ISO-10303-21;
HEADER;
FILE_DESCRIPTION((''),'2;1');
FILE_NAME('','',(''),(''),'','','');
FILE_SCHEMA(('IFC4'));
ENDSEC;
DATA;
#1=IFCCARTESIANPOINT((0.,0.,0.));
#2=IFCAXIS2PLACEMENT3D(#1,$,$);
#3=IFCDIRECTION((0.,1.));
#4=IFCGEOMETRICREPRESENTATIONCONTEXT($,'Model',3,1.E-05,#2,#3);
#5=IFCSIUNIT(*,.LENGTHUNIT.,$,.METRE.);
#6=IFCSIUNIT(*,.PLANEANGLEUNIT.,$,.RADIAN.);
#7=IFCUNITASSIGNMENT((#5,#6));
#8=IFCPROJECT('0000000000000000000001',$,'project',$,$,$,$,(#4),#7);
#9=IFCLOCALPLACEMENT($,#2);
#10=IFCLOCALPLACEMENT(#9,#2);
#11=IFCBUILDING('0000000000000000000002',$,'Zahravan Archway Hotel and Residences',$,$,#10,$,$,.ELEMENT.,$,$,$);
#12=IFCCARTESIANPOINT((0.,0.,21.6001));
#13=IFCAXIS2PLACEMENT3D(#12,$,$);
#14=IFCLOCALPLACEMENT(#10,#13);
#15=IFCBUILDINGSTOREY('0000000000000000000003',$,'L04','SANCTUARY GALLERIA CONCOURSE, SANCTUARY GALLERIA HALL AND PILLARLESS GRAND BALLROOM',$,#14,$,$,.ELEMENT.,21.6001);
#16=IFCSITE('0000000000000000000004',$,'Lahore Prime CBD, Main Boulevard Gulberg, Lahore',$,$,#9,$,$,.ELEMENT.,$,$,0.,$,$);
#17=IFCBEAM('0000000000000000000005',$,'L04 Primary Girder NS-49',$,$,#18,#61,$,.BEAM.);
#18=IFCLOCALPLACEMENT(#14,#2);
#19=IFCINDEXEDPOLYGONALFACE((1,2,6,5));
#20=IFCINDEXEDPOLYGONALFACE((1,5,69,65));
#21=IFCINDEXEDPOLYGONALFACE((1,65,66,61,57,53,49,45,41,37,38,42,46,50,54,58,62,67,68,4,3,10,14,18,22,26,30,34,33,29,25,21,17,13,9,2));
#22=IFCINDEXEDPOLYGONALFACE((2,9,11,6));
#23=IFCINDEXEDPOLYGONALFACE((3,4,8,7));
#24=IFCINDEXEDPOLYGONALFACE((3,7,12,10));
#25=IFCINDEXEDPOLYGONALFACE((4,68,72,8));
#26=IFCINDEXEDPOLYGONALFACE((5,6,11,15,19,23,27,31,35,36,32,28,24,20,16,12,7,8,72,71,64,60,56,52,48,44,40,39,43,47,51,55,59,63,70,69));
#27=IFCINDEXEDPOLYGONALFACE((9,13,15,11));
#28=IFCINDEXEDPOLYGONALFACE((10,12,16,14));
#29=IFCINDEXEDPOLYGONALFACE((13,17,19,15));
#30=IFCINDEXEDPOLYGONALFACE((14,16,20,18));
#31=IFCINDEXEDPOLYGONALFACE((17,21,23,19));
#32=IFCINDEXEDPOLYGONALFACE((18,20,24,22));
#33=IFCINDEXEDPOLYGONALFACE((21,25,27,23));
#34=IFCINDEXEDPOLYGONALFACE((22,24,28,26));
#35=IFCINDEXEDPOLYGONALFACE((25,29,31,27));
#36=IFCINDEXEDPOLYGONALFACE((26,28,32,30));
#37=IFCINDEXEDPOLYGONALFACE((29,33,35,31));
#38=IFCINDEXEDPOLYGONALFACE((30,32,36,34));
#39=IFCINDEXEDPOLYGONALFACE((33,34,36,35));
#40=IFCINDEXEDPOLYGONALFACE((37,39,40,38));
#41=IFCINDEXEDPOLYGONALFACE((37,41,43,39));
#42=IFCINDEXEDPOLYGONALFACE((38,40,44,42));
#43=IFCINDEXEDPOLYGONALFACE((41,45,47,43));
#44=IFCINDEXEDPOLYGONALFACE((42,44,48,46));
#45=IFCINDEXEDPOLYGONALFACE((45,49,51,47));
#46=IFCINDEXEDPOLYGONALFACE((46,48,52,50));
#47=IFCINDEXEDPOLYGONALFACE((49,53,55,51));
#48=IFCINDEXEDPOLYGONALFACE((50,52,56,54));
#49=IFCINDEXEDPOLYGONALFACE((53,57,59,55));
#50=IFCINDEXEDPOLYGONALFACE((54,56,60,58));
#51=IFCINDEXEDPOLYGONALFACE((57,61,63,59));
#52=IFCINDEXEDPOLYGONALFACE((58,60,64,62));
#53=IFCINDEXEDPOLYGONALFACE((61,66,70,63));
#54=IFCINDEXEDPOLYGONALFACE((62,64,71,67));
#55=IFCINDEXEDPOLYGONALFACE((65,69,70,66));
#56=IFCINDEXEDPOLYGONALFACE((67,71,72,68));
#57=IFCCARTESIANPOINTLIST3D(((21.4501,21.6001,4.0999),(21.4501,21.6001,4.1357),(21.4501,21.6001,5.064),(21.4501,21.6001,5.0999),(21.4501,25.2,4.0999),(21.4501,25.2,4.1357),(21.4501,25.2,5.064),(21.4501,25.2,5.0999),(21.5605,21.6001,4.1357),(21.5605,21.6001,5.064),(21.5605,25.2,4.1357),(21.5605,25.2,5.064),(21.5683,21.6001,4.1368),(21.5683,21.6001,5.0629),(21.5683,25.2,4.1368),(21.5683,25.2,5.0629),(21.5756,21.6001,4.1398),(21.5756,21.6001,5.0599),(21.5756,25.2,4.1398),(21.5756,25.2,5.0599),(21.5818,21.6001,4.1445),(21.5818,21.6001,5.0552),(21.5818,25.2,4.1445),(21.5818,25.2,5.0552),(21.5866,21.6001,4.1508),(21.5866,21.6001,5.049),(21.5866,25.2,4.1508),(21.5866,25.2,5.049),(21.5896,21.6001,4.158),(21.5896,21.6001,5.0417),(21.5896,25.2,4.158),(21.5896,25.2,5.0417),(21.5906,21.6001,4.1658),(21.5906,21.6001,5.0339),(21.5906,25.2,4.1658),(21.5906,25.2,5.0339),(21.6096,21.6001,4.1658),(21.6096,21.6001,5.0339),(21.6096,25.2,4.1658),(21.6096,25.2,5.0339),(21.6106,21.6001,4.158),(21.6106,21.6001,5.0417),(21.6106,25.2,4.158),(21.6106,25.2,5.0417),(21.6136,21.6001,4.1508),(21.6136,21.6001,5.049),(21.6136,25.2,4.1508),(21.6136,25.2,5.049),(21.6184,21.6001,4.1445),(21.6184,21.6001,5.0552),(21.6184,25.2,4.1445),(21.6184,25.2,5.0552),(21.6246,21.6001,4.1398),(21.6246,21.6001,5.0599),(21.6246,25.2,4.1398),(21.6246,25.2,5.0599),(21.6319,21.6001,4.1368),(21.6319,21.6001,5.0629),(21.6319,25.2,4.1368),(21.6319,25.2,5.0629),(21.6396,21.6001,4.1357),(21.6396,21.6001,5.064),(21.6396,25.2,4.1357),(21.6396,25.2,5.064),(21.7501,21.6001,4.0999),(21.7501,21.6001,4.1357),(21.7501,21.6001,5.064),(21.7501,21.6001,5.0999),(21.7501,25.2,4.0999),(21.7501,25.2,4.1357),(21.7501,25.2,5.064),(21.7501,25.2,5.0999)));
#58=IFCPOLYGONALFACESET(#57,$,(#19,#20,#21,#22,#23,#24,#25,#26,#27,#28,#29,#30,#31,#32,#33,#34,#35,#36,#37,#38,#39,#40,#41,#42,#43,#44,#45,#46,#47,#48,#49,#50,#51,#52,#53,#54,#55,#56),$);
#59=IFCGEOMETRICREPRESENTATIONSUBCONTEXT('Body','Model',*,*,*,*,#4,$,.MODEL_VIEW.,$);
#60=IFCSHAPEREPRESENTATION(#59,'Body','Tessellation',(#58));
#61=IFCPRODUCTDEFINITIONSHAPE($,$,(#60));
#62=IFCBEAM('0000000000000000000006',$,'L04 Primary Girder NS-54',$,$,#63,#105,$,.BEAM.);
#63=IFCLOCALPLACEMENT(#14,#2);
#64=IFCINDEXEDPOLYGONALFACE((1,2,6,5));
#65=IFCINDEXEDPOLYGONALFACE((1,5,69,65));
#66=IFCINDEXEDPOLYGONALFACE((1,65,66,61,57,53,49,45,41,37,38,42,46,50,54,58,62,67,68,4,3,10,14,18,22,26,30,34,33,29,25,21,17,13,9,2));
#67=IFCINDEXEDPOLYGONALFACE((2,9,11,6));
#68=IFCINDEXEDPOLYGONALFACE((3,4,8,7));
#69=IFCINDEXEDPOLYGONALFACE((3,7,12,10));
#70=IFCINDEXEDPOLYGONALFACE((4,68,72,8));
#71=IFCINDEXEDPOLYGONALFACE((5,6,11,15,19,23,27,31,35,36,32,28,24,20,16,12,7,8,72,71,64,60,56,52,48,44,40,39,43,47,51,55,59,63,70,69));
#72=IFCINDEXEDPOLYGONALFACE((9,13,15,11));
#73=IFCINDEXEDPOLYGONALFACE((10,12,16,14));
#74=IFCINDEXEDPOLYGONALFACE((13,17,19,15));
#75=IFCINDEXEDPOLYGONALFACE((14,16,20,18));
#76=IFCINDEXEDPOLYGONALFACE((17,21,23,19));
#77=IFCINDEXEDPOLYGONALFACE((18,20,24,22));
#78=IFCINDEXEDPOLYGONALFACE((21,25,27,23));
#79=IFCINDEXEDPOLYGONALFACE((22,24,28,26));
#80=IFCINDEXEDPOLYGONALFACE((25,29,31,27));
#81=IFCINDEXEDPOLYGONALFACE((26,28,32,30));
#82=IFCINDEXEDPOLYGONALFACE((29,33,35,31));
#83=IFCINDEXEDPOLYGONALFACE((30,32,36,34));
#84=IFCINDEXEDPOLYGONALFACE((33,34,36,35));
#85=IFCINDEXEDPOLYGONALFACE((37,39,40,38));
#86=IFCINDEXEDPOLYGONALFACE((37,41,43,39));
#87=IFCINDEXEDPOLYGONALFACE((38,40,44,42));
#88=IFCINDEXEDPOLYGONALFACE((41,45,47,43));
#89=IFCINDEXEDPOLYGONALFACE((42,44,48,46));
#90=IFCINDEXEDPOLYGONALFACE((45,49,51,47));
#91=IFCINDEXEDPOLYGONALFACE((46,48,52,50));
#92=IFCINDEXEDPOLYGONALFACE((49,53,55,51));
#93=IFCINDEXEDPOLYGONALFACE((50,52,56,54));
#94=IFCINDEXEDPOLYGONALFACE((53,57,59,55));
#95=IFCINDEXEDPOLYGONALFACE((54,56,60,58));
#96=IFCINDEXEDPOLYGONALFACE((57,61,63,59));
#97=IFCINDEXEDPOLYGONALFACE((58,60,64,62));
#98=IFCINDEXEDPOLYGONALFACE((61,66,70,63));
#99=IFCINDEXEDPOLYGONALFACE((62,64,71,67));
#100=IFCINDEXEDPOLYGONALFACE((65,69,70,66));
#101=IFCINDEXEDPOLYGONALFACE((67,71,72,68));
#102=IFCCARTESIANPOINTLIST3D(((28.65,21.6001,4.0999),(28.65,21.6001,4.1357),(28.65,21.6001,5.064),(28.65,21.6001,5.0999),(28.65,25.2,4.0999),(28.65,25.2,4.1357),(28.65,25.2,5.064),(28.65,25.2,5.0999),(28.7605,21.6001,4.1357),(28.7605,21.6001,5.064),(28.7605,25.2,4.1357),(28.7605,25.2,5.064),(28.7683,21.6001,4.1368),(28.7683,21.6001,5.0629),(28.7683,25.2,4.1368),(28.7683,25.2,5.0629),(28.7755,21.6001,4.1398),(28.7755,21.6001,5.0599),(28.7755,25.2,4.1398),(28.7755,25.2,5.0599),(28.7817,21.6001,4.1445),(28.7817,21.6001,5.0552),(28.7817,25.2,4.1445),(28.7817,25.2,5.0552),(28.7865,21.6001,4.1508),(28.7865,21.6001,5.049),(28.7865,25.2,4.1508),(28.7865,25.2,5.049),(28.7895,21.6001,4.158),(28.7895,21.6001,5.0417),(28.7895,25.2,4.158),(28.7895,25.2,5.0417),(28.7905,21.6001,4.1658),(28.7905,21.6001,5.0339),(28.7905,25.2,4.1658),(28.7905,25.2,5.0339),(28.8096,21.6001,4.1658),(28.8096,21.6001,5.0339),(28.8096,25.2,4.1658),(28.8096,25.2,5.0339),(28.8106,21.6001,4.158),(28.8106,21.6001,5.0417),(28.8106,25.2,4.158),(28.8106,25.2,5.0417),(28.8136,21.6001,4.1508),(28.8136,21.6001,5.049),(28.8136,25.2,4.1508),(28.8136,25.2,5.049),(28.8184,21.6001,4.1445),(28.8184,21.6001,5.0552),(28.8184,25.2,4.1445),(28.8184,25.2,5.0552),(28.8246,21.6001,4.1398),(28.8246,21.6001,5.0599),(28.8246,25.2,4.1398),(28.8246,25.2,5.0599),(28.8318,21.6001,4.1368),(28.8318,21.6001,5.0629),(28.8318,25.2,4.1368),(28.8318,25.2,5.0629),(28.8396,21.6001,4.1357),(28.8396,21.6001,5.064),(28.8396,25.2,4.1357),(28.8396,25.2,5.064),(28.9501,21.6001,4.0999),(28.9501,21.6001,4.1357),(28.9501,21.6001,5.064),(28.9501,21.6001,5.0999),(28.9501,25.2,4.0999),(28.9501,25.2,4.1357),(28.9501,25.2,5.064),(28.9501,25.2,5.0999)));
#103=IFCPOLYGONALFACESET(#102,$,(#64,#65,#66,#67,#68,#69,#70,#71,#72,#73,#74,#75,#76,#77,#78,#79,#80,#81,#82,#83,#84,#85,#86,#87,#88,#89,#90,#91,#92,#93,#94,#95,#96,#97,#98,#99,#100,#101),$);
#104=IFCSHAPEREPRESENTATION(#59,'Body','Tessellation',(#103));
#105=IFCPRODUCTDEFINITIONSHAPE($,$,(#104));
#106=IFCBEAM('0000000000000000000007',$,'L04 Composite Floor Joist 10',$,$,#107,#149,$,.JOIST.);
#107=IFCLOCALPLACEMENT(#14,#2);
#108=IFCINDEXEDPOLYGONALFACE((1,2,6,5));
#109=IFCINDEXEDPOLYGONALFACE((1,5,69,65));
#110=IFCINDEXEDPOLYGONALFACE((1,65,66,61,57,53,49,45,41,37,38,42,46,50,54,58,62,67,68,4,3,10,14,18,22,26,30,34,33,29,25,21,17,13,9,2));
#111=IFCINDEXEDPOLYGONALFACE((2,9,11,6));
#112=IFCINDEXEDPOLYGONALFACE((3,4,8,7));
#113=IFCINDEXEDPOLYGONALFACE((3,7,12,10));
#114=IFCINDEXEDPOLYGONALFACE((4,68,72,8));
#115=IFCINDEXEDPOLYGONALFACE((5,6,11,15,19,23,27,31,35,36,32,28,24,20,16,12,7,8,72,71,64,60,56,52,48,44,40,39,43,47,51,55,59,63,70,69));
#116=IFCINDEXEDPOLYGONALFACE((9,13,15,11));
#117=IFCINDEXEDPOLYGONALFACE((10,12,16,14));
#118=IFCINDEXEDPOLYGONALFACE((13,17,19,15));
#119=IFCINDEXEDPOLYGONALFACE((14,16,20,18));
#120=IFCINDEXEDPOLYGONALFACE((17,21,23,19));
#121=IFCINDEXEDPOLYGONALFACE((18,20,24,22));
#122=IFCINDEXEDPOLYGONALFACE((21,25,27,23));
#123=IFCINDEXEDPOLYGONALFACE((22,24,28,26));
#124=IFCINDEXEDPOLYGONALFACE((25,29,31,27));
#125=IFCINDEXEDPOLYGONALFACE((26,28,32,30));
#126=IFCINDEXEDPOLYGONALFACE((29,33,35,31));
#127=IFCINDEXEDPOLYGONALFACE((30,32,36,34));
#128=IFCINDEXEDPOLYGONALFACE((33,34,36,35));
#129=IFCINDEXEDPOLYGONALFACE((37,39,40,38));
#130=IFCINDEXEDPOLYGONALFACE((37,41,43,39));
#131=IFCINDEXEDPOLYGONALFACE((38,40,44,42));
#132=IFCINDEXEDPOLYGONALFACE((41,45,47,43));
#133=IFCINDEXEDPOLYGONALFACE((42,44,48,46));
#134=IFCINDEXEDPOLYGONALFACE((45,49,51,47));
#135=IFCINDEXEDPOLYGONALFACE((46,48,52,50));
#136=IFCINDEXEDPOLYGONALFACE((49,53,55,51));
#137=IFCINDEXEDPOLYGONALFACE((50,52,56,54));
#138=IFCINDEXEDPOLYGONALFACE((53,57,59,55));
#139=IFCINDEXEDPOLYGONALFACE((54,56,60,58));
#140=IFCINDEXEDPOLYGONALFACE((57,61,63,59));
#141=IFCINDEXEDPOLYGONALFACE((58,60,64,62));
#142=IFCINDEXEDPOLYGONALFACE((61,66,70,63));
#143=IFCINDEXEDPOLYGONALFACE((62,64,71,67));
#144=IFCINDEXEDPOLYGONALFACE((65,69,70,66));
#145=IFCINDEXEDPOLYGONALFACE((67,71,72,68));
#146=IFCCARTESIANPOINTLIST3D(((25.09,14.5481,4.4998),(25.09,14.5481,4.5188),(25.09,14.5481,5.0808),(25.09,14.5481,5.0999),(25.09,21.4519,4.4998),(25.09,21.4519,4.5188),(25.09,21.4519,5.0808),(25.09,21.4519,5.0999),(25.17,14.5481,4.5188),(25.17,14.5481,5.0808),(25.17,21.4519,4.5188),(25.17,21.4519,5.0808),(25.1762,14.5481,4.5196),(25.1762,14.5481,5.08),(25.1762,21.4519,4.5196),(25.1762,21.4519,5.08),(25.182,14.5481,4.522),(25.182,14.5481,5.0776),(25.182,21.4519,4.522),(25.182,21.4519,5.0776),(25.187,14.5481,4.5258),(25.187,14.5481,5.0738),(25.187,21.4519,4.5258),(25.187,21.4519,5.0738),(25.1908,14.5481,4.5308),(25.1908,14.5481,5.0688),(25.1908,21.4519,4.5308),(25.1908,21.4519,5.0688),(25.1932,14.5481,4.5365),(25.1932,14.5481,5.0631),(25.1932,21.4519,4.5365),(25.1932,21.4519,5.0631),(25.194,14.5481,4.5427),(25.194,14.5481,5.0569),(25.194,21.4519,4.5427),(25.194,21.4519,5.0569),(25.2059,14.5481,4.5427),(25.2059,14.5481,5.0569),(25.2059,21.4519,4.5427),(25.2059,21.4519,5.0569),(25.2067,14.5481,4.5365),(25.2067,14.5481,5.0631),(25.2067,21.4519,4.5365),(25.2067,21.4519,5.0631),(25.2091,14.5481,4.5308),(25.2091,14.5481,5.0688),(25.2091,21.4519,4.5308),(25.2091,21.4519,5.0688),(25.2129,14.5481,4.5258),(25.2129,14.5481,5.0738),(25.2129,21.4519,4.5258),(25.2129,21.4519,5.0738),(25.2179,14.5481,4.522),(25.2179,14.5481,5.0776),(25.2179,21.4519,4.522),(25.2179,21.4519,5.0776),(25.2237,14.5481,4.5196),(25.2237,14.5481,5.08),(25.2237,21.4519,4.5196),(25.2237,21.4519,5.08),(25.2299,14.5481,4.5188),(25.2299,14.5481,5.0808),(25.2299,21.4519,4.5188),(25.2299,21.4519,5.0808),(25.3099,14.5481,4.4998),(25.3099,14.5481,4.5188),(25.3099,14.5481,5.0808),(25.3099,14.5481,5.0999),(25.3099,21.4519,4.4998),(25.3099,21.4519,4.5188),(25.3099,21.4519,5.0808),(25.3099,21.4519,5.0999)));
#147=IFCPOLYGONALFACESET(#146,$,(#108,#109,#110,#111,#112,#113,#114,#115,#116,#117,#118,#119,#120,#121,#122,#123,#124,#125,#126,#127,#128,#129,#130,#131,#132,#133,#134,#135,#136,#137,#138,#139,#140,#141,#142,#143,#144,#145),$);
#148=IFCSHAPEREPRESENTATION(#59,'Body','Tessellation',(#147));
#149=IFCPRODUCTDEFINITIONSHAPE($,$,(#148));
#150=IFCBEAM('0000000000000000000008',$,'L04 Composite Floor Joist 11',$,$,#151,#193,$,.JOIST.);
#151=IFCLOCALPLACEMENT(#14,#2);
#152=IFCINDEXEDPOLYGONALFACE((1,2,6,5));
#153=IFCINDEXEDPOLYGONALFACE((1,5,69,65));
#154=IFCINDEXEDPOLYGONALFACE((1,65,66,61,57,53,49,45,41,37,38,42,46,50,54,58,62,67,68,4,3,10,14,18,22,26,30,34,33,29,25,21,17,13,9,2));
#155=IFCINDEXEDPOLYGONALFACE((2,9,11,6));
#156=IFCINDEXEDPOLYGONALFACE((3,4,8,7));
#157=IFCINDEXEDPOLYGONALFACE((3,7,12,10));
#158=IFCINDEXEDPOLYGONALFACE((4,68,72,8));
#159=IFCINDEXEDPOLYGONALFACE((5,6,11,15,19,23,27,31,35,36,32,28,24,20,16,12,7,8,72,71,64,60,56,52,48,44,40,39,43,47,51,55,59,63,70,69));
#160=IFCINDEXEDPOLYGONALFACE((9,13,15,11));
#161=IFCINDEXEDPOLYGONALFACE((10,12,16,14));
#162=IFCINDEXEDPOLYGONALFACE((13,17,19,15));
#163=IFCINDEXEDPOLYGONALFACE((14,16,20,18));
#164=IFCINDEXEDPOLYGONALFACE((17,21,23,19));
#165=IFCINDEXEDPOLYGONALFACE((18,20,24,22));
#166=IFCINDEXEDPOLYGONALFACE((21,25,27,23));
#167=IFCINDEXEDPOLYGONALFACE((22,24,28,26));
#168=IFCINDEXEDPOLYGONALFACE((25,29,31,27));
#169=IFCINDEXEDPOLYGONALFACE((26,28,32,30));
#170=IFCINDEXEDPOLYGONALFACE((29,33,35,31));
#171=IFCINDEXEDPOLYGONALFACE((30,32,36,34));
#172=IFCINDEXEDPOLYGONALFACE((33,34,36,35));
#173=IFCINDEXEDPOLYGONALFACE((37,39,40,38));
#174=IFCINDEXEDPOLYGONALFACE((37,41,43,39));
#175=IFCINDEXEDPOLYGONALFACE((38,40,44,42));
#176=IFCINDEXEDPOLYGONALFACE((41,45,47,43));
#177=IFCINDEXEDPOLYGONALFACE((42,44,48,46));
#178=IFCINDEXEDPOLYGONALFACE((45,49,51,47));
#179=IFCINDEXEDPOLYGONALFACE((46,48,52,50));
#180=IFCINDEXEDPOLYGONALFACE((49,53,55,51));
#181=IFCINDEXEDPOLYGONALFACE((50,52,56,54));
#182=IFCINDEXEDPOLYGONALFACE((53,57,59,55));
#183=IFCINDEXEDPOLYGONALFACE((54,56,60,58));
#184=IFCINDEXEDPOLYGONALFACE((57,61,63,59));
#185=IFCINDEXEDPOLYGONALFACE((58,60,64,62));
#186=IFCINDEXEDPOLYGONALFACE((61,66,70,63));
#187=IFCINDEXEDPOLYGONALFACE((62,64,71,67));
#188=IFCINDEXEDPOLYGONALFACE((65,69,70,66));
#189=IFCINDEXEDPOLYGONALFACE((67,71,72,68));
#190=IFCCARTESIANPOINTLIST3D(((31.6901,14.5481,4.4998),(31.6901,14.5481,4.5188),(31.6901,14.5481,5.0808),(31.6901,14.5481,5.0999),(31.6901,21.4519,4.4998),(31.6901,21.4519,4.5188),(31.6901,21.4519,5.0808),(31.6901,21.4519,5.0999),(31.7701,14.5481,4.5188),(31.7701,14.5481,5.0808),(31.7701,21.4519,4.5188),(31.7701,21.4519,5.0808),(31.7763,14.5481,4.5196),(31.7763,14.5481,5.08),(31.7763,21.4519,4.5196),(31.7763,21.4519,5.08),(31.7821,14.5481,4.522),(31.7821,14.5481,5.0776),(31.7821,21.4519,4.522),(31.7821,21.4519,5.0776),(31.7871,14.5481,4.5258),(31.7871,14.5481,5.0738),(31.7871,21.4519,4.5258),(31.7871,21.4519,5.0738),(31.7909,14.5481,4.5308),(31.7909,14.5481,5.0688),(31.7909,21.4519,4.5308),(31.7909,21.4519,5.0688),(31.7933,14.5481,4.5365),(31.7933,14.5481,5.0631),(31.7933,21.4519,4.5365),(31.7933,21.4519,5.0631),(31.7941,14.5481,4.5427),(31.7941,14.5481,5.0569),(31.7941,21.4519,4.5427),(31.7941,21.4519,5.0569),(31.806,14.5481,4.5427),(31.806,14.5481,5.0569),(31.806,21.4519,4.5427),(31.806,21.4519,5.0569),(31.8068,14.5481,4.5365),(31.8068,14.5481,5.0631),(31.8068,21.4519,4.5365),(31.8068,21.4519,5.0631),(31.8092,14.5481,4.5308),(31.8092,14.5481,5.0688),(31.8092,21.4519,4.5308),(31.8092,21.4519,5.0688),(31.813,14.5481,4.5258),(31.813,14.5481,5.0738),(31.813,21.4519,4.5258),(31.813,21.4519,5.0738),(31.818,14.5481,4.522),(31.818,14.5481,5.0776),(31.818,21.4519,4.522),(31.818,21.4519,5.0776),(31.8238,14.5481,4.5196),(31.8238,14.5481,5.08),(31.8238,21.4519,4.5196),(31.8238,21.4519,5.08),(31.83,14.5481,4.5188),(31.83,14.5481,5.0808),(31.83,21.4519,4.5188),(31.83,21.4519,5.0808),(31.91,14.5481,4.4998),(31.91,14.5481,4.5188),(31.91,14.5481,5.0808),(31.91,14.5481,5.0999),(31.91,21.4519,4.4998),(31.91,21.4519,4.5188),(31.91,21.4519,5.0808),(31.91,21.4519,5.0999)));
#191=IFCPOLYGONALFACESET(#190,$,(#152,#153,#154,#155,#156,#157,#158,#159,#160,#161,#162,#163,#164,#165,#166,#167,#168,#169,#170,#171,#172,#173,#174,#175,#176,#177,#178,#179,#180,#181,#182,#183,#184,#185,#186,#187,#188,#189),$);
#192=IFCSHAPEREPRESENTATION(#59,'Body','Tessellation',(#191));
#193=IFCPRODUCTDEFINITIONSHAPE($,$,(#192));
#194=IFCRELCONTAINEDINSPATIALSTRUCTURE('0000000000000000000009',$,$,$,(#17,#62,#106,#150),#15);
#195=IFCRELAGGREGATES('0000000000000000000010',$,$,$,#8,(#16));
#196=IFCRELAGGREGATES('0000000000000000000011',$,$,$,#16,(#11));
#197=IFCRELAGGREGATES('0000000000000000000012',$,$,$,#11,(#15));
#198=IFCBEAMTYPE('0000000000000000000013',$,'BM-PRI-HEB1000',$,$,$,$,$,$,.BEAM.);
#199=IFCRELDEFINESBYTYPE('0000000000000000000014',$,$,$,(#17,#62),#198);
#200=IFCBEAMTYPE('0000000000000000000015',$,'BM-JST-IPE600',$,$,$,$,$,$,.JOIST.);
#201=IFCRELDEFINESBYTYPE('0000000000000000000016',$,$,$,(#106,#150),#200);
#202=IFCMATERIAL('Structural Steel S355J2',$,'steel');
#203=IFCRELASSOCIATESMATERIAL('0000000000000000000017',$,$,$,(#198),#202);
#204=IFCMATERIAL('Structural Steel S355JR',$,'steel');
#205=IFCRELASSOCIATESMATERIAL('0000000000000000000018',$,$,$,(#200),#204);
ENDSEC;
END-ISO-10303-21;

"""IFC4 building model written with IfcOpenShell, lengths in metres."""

from ifc_helpers import new_model, si_unit, direction, frame, origin, origin_2d, place, context, subcontext, project, spatial, i_section, extrude, source, transform, mapped, material, material_profile, profile_set, type_object, element, save


model = new_model("IFC4")

# Units and contexts
model_context = context("Model", 3, precision=1e-05, world=origin(), true_north=direction((0.0, 1.0)))
body_context = subcontext(model_context, "Body", "Model", "MODEL_VIEW")
ifc_project = project(units=[si_unit("LENGTHUNIT", "METRE"), si_unit("PLANEANGLEUNIT", "RADIAN")], contexts=[model_context])

# Site, building, storey
site_placement = place(None, origin())
site = spatial("IfcSite", under=ifc_project, at=site_placement, Name="Lahore Prime CBD, Main Boulevard Gulberg, Lahore", CompositionType="ELEMENT", RefElevation=0.0)
building_placement = place(site_placement, origin())
building = spatial("IfcBuilding", under=site, at=building_placement, Name="Zahravan Archway Hotel and Residences", CompositionType="ELEMENT")
storey_placement = place(building_placement, frame((0.0, 0.0, 21.6001)))
storey = spatial("IfcBuildingStorey", under=building, at=storey_placement, Name="L04", Description="SANCTUARY GALLERIA CONCOURSE, SANCTUARY GALLERIA HALL AND PILLARLESS GRAND BALLROOM", CompositionType="ELEMENT", Elevation=21.6001)

# Beams
ifc_material_1 = material(Name="Structural Steel S355J2", Category="steel")
ifc_material_profile_1 = material_profile(ifc_material_1, i_section(OverallWidth=0.3, OverallDepth=1.0, WebThickness=0.019, FlangeThickness=0.0359, FilletRadius=0.03, at=origin_2d()), Name="HEB 1000", Category="steel")
ifc_profile_set_1 = profile_set([ifc_material_profile_1], Name="Structural Steel S355J2")
beam_type_1 = type_object("IfcBeamType", Name="BM-PRI-HEB1000", PredefinedType="BEAM", material=ifc_profile_set_1)
shared_shape_1 = source(origin(), body_context, "Body", "SweptSolid", [
    extrude(i_section(OverallWidth=0.3, OverallDepth=1.0, WebThickness=0.019, FlangeThickness=0.0359, FilletRadius=0.03, at=origin_2d()), origin(), (0.0, 0.0, 1.0), 3.5999),
])
for number, where, z_axis, x_axis, name in (
    (1, (21.6001, 21.6001, 4.5999), (0.0, 1.0, 0.0), (-1.0, 0.0, 0.0), "L04 Primary Girder NS-49"),
    (2, (28.8, 21.6001, 4.5999), (0.0, 1.0, 0.0), (-1.0, 0.0, 0.0), "L04 Primary Girder NS-54"),
):
    element("IfcBeam", number, at=place(storey_placement, frame(where, z_axis=z_axis, x_axis=x_axis)), inside=storey, type_object=beam_type_1, Name=name, PredefinedType="BEAM", context=body_context, shape_type="MappedRepresentation", body=[
        mapped(shared_shape_1, transform((0.0, 0.0, 0.0), scale=1.0)),
    ])
ifc_material_2 = material(Name="Structural Steel S355JR", Category="steel")
ifc_material_profile_2 = material_profile(ifc_material_2, i_section(OverallWidth=0.22, OverallDepth=0.6001, WebThickness=0.012, FlangeThickness=0.019, FilletRadius=0.0239, at=origin_2d()), Name="IPE 600", Category="steel")
ifc_profile_set_2 = profile_set([ifc_material_profile_2], Name="Structural Steel S355JR")
beam_type_2 = type_object("IfcBeamType", Name="BM-JST-IPE600", PredefinedType="JOIST", material=ifc_profile_set_2)
shared_shape_2 = source(origin(), body_context, "Body", "SweptSolid", [
    extrude(i_section(OverallWidth=0.22, OverallDepth=0.6001, WebThickness=0.012, FlangeThickness=0.019, FilletRadius=0.0239, at=origin_2d()), origin(), (0.0, 0.0, 1.0), 6.9038),
])
for number, where, z_axis, x_axis, name in (
    (3, (25.2, 14.5481, 4.7998), (0.0, 1.0, 0.0), (-1.0, 0.0, 0.0), "L04 Composite Floor Joist 10"),
    (4, (31.8, 14.5481, 4.7998), (0.0, 1.0, 0.0), (-1.0, 0.0, 0.0), "L04 Composite Floor Joist 11"),
):
    element("IfcBeam", number, at=place(storey_placement, frame(where, z_axis=z_axis, x_axis=x_axis)), inside=storey, type_object=beam_type_2, Name=name, PredefinedType="JOIST", context=body_context, shape_type="MappedRepresentation", body=[
        mapped(shared_shape_2, transform((0.0, 0.0, 0.0), scale=1.0)),
    ])

save(model, "model.ifc")
